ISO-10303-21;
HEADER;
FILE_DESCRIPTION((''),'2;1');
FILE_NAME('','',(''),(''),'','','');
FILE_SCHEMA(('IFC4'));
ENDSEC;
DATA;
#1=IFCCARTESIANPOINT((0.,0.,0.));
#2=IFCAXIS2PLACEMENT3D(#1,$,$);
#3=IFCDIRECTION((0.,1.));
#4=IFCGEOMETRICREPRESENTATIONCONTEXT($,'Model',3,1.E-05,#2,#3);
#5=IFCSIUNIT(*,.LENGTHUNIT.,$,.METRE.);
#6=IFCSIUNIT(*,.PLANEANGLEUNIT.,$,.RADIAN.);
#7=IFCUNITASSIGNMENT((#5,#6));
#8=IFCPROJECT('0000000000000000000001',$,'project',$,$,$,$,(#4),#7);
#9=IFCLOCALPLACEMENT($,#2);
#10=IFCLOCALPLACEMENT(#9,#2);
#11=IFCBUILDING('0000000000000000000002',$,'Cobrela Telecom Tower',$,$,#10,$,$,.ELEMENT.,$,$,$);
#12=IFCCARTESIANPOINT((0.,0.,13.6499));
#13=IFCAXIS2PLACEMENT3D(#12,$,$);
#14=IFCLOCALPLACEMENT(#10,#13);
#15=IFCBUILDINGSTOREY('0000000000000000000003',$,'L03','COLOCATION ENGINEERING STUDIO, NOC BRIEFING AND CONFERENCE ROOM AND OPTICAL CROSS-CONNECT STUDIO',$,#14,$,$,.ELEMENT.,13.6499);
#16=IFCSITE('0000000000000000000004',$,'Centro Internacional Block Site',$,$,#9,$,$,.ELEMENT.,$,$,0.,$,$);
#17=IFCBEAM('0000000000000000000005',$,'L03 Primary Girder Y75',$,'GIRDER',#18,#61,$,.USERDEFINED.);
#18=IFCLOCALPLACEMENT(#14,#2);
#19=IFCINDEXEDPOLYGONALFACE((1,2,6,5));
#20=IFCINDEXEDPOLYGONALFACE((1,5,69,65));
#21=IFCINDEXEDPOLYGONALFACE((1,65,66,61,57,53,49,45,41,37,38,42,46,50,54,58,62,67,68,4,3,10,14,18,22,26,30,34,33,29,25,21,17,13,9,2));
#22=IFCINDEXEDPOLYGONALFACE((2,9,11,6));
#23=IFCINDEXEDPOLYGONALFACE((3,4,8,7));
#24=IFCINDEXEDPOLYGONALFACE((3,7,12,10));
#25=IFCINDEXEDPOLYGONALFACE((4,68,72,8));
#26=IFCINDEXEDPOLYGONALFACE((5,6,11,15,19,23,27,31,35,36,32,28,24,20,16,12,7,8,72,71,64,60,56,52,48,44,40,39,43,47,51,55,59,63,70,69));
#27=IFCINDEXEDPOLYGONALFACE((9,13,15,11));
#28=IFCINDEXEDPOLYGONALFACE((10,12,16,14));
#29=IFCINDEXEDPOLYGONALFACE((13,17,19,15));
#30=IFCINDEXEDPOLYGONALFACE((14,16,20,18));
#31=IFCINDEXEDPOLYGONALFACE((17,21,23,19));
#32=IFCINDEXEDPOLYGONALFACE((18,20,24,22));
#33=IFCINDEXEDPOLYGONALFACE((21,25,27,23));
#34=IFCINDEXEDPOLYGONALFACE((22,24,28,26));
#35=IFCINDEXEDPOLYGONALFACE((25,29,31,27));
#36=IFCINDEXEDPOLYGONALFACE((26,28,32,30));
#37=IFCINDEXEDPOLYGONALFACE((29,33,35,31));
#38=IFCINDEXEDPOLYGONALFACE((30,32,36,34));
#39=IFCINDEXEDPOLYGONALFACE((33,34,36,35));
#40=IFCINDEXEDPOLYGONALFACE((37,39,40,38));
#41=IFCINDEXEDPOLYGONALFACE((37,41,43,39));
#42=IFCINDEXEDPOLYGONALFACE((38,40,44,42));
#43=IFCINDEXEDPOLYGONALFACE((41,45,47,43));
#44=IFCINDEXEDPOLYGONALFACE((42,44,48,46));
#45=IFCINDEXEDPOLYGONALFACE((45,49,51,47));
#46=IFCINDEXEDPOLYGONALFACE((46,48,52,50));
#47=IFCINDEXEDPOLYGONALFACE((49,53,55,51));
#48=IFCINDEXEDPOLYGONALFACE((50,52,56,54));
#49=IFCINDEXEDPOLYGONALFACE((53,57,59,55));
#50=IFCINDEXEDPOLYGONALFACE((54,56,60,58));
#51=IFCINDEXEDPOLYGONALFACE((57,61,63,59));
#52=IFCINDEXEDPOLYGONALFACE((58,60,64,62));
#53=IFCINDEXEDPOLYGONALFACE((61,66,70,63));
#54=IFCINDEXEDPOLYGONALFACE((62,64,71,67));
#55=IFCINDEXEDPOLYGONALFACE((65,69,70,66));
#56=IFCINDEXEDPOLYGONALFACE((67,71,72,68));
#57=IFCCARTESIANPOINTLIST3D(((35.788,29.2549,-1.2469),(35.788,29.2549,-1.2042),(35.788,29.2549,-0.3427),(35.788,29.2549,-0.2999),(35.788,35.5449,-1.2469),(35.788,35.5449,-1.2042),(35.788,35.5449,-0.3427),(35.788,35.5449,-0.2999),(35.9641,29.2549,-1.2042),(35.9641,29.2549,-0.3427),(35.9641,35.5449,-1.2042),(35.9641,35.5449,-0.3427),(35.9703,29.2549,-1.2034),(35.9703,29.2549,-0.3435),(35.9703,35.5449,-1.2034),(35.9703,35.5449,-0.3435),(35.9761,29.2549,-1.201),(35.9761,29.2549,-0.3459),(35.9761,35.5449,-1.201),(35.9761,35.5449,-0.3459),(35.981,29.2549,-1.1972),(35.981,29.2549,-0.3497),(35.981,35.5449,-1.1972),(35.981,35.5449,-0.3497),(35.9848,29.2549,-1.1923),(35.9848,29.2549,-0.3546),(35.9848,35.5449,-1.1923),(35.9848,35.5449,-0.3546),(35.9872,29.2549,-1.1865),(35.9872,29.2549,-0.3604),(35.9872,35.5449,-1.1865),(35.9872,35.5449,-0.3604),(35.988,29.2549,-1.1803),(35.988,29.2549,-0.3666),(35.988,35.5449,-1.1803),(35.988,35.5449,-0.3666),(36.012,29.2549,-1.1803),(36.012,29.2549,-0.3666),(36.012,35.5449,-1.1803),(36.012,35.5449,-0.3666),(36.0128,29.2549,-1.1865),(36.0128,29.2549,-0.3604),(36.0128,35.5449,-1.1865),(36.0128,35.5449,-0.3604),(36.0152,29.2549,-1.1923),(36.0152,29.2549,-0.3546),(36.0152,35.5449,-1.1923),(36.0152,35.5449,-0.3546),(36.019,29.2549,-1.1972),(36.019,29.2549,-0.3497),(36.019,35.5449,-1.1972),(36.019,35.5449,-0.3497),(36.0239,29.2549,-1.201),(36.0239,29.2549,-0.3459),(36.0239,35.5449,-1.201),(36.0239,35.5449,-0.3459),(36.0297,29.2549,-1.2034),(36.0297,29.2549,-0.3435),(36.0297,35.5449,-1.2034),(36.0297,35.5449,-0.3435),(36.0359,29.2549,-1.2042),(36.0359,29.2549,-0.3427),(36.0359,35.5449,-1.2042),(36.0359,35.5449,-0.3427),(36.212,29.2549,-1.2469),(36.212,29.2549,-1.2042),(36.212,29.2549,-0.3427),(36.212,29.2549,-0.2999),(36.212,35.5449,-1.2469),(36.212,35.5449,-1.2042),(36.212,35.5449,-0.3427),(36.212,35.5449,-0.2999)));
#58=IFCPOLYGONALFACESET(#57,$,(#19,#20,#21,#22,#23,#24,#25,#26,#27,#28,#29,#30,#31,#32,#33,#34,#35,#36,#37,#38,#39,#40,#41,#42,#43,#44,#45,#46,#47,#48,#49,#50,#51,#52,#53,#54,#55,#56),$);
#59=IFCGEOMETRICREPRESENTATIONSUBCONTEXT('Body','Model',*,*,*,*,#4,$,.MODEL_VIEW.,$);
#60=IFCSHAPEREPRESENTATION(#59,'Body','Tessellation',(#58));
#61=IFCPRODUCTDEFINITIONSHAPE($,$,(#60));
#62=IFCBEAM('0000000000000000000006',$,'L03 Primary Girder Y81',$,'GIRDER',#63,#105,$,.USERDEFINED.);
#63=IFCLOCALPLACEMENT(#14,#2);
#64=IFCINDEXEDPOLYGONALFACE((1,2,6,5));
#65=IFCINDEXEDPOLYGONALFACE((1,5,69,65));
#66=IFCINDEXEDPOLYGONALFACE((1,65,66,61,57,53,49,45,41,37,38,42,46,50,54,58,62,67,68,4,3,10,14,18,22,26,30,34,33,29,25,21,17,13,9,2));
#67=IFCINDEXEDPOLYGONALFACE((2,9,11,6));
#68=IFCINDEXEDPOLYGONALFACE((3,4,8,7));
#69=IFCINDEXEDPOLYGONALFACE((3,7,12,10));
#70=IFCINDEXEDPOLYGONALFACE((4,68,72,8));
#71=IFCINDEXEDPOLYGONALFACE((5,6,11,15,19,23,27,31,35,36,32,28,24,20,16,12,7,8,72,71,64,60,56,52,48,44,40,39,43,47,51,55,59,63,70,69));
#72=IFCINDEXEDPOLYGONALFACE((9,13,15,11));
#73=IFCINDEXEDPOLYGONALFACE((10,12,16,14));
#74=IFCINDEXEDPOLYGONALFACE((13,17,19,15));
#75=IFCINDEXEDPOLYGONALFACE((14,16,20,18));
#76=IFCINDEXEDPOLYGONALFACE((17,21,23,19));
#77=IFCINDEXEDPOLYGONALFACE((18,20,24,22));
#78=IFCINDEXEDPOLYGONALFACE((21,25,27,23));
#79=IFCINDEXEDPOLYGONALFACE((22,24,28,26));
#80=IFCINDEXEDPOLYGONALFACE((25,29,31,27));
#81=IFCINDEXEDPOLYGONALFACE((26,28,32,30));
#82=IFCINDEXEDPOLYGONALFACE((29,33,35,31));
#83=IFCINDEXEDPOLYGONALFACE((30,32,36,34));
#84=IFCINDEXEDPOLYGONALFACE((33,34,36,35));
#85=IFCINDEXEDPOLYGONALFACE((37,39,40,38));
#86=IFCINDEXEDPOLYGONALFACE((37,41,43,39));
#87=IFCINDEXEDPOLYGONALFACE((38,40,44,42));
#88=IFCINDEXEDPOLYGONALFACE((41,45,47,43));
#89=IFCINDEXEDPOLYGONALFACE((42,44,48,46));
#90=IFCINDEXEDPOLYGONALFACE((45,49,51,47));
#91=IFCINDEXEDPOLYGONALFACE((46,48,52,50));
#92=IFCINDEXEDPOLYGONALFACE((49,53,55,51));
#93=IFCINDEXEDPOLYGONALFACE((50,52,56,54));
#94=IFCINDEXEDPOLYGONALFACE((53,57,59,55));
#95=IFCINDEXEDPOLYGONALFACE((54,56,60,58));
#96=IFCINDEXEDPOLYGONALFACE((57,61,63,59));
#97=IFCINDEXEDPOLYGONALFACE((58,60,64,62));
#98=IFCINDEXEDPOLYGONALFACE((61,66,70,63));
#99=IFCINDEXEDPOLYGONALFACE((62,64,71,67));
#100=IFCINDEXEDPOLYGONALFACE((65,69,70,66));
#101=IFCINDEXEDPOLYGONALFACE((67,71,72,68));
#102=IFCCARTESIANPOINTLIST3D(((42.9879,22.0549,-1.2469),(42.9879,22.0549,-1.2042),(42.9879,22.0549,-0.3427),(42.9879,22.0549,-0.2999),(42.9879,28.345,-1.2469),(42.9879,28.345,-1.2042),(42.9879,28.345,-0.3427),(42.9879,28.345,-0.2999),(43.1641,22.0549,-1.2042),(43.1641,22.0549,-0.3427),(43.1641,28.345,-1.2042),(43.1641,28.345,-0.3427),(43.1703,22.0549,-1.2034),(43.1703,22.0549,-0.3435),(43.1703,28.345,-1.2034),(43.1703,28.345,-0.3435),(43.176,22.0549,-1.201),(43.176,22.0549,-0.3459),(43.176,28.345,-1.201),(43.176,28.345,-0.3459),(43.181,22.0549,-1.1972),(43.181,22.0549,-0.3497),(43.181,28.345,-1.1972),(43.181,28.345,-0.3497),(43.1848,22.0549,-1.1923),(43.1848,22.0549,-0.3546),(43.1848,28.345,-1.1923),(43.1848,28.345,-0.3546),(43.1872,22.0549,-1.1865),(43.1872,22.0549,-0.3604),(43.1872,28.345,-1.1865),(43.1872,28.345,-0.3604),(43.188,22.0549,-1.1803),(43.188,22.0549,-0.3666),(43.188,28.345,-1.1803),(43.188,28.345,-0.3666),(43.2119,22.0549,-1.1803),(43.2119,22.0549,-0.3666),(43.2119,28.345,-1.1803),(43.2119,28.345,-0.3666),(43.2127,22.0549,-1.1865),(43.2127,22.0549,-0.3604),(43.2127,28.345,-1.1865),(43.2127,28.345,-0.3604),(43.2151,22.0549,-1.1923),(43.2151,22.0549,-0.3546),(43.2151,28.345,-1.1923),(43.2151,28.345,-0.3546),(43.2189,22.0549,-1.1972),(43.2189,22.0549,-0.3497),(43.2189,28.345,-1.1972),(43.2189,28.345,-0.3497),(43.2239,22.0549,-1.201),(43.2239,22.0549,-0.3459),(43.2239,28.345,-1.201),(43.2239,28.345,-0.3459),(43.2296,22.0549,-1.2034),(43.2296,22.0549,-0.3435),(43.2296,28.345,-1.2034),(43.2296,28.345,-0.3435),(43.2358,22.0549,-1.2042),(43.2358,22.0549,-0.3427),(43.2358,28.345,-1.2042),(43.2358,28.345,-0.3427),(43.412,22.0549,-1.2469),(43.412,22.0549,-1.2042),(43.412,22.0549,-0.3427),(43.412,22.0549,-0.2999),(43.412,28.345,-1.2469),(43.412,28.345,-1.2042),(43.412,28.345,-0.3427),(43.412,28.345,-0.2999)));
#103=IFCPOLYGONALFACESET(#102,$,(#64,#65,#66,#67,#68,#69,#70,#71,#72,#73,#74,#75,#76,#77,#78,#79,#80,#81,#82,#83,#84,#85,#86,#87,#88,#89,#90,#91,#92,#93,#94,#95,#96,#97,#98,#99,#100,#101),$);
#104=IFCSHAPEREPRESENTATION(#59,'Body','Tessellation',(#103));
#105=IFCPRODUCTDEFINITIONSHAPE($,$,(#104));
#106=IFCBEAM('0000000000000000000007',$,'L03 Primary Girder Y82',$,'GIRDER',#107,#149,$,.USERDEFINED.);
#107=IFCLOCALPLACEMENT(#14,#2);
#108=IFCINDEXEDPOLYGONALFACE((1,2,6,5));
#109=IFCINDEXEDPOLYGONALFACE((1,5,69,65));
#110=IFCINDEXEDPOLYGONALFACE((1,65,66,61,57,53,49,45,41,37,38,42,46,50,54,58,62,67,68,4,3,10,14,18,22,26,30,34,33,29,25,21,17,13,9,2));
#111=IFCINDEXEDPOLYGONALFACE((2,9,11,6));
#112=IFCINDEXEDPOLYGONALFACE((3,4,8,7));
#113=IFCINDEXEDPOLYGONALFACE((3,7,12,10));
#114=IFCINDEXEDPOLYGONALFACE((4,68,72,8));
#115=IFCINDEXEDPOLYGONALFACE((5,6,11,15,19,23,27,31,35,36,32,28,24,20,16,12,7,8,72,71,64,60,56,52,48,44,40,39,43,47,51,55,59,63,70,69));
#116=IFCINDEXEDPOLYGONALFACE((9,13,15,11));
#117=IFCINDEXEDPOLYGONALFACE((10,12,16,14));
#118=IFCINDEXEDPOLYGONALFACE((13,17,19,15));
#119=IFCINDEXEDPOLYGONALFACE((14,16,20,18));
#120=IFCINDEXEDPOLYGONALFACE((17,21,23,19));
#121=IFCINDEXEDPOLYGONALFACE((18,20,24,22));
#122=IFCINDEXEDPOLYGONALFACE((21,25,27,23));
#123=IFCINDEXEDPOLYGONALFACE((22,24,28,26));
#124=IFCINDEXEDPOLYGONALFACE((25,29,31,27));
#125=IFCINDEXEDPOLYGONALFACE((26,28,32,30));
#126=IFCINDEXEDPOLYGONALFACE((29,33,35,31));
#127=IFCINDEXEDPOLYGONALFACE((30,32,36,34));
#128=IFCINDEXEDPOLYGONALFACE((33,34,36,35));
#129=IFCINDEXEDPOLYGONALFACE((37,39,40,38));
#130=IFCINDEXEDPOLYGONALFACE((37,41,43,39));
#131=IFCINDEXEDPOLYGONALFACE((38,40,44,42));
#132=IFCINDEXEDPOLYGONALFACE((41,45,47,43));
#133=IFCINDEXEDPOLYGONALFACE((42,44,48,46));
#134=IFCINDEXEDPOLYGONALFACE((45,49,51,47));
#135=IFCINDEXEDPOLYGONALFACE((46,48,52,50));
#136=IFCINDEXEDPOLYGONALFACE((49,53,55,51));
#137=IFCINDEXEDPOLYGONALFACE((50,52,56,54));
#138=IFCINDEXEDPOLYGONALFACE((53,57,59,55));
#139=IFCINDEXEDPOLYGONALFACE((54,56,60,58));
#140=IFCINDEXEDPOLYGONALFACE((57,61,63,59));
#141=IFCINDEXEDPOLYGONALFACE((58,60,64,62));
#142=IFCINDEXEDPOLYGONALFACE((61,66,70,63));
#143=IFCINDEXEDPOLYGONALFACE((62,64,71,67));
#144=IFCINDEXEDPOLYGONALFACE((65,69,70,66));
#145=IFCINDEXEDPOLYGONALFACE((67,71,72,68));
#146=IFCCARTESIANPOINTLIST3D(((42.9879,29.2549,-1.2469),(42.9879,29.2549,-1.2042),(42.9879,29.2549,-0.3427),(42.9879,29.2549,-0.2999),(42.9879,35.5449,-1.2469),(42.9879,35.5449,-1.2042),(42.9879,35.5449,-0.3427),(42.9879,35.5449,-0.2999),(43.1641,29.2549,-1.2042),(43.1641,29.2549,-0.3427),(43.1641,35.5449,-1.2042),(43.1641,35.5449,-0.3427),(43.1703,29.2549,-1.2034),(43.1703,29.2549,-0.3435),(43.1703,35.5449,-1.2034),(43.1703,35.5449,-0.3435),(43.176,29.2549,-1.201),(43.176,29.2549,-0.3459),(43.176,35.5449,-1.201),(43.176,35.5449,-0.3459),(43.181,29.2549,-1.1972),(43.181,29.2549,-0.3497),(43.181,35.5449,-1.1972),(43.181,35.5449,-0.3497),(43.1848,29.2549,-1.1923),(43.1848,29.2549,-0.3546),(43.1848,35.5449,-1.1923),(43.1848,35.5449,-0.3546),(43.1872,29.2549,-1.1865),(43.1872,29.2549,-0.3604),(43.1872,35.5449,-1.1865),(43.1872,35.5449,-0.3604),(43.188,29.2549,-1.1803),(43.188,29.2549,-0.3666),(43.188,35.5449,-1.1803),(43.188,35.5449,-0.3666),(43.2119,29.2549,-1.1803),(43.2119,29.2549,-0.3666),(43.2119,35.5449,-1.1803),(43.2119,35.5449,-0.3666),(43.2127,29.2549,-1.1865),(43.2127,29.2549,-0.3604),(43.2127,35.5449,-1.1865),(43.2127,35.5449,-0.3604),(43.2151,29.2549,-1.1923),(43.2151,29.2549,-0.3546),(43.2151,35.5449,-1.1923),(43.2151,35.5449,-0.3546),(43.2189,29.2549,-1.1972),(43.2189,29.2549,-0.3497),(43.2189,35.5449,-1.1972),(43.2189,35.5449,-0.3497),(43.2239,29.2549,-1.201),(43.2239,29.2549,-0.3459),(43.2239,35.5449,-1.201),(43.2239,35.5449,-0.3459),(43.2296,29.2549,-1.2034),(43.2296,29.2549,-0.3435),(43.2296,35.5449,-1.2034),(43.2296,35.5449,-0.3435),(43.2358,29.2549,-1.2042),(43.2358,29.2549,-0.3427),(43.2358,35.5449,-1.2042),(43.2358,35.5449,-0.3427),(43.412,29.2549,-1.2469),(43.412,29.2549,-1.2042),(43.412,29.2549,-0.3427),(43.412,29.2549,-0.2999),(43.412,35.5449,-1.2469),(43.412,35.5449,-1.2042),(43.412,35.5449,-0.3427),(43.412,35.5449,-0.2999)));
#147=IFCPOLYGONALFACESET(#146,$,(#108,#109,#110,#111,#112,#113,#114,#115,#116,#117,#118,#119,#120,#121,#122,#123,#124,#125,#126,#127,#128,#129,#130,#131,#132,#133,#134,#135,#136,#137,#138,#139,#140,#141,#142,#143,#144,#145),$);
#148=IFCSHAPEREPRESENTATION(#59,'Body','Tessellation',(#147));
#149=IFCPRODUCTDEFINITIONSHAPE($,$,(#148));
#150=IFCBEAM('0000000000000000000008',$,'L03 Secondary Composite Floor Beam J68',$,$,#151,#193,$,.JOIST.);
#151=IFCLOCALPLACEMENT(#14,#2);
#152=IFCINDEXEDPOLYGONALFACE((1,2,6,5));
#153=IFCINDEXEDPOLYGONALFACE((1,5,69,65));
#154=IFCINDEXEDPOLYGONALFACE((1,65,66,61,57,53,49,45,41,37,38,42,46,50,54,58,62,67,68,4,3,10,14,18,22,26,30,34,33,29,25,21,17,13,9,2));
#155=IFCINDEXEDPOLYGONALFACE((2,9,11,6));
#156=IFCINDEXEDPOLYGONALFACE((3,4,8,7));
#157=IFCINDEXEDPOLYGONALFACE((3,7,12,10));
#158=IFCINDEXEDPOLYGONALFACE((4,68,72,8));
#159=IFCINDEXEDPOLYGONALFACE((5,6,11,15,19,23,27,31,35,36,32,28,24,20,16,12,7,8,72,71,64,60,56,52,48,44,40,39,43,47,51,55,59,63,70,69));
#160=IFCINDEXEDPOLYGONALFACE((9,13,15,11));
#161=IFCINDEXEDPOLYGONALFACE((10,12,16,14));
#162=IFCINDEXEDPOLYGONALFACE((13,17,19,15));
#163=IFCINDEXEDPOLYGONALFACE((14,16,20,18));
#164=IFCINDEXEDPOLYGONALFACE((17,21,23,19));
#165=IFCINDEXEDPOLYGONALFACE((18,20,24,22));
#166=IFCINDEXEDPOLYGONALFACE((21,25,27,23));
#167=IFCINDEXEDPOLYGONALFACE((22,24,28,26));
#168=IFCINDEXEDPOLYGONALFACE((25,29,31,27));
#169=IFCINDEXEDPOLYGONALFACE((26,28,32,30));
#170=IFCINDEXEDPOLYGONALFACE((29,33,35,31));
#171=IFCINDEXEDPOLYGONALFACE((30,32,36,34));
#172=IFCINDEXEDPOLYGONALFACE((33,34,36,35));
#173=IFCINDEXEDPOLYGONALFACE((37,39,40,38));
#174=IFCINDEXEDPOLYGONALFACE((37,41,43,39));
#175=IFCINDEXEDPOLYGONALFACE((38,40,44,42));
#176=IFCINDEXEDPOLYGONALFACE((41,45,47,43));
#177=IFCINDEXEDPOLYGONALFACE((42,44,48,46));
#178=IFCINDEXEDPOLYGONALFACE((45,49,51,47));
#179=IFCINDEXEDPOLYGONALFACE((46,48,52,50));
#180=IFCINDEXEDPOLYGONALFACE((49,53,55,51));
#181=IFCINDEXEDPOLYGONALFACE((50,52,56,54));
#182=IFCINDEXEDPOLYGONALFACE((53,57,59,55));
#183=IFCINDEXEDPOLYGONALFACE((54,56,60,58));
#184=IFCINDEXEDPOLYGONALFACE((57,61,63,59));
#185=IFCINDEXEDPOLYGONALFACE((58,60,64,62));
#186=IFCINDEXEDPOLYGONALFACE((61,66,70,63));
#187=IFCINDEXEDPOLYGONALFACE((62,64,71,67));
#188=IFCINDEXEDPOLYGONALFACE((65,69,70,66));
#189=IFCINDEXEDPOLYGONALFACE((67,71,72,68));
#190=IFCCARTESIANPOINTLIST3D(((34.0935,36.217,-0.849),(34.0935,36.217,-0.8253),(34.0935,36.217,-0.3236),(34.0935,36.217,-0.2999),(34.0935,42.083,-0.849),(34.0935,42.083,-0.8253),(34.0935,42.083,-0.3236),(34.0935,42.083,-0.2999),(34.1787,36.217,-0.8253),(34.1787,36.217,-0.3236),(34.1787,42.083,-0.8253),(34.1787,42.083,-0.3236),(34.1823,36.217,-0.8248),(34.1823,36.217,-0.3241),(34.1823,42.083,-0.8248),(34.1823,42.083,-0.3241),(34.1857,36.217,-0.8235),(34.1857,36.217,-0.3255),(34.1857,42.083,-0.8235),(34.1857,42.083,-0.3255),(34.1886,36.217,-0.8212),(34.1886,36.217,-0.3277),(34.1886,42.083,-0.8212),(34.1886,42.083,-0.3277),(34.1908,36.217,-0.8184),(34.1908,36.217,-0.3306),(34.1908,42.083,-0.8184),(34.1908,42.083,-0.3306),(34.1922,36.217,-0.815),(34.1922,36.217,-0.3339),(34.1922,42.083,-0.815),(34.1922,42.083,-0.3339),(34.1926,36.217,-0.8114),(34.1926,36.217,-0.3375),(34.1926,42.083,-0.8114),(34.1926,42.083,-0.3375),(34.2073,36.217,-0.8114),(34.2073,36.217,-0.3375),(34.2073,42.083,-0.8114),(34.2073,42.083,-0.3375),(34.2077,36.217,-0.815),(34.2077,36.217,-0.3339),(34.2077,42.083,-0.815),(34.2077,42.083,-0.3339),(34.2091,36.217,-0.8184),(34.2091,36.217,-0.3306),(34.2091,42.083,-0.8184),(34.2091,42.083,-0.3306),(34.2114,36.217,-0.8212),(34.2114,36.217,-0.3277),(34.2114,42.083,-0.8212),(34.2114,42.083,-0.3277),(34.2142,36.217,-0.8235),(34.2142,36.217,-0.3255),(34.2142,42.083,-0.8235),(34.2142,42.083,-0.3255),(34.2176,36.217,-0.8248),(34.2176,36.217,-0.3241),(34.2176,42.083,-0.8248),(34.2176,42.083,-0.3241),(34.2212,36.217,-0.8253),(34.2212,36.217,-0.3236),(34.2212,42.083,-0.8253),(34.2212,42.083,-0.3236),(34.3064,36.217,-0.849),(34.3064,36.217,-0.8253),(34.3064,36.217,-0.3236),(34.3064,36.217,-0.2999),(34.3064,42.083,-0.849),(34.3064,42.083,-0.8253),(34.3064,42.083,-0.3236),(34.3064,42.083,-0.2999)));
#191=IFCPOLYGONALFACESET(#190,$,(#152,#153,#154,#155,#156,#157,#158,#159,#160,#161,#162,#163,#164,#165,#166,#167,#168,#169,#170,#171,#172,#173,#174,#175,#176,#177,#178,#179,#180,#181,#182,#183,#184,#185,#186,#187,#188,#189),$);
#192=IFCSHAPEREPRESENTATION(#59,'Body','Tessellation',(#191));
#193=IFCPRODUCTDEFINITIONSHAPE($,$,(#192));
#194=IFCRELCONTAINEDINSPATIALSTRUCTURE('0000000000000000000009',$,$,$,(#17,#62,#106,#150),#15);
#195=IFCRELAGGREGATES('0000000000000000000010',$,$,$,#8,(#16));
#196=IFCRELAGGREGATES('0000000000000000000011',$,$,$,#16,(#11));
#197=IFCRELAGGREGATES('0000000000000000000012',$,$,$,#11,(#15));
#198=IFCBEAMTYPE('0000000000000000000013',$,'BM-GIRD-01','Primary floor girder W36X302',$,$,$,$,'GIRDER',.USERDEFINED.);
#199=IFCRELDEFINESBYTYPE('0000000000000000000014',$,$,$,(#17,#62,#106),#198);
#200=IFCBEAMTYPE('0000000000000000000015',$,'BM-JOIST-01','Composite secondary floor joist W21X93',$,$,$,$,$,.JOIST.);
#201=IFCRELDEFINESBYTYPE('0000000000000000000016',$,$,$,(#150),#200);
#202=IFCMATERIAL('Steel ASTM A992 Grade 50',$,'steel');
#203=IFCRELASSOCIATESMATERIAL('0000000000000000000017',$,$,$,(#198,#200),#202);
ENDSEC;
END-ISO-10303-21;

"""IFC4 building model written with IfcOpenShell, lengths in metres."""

from ifc_helpers import new_model, si_unit, direction, frame, origin, origin_2d, place, context, subcontext, project, spatial, i_section, extrude, material, material_profile, profile_set, type_object, element, save


model = new_model("IFC4")

# Units and contexts
model_context = context("Model", 3, precision=1e-05, world=origin(), true_north=direction((0.0, 1.0)))
body_context = subcontext(model_context, "Body", "Model", "MODEL_VIEW")
ifc_project = project(units=[si_unit("LENGTHUNIT", "METRE"), si_unit("PLANEANGLEUNIT", "RADIAN")], contexts=[model_context])

# Site, building, storey
site_placement = place(None, origin())
site = spatial("IfcSite", under=ifc_project, at=site_placement, Name="Centro Internacional Block Site", CompositionType="ELEMENT", RefElevation=0.0)
building_placement = place(site_placement, origin())
building = spatial("IfcBuilding", under=site, at=building_placement, Name="Cobrela Telecom Tower", CompositionType="ELEMENT")
storey_placement = place(building_placement, frame((0.0, 0.0, 13.6499)))
storey = spatial("IfcBuildingStorey", under=building, at=storey_placement, Name="L03", Description="COLOCATION ENGINEERING STUDIO, NOC BRIEFING AND CONFERENCE ROOM AND OPTICAL CROSS-CONNECT STUDIO", CompositionType="ELEMENT", Elevation=13.6499)

# Beams
ifc_material_1 = material(Name="Steel ASTM A992 Grade 50", Category="steel")
ifc_material_profile_1 = material_profile(ifc_material_1, i_section(OverallWidth=0.4241, OverallDepth=0.947, WebThickness=0.0239, FlangeThickness=0.0427, FilletRadius=0.0239, at=origin_2d()), Name="W36X302")
ifc_profile_set_1 = profile_set([ifc_material_profile_1], Name="Steel ASTM A992 Grade 50")
beam_type_1 = type_object("IfcBeamType", Name="BM-GIRD-01", Description="Primary floor girder W36X302", ElementType="GIRDER", PredefinedType="USERDEFINED", material=ifc_profile_set_1)
for number, where, z_axis, x_axis, name in (
    (1, (36.0, 29.2549, -0.7734), (0.0, 1.0, 0.0), (-1.0, 0.0, 0.0), "L03 Primary Girder Y75"),
    (2, (43.2, 22.0549, -0.7734), (0.0, 1.0, 0.0), (-1.0, 0.0, 0.0), "L03 Primary Girder Y81"),
    (3, (43.2, 29.2549, -0.7734), (0.0, 1.0, 0.0), (-1.0, 0.0, 0.0), "L03 Primary Girder Y82"),
):
    element("IfcBeam", number, at=place(storey_placement, frame(where, z_axis=z_axis, x_axis=x_axis)), inside=storey, type_object=beam_type_1, Name=name, ObjectType="GIRDER", PredefinedType="USERDEFINED", context=body_context, shape_type="SweptSolid", body=[
        extrude(i_section(OverallWidth=0.4241, OverallDepth=0.947, WebThickness=0.0239, FlangeThickness=0.0427, FilletRadius=0.0239, at=origin_2d()), origin(), (0.0, 0.0, 1.0), 6.29),
    ])
ifc_material_profile_2 = material_profile(ifc_material_1, i_section(OverallWidth=0.2129, OverallDepth=0.5491, WebThickness=0.0146, FlangeThickness=0.0237, FilletRadius=0.0139, at=origin_2d()), Name="W21X93")
ifc_profile_set_2 = profile_set([ifc_material_profile_2], Name="Steel ASTM A992 Grade 50")
beam_type_2 = type_object("IfcBeamType", Name="BM-JOIST-01", Description="Composite secondary floor joist W21X93", PredefinedType="JOIST", material=ifc_profile_set_2)
beam_1_placement = place(storey_placement, frame((34.2, 36.217, -0.5745), z_axis=(0.0, 1.0, 0.0), x_axis=(-1.0, 0.0, 0.0)))
element("IfcBeam", 4, at=beam_1_placement, inside=storey, type_object=beam_type_2, Name="L03 Secondary Composite Floor Beam J68", PredefinedType="JOIST", context=body_context, shape_type="SweptSolid", body=[
    extrude(i_section(OverallWidth=0.2129, OverallDepth=0.5491, WebThickness=0.0146, FlangeThickness=0.0237, FilletRadius=0.0139, at=origin_2d()), origin(), (0.0, 0.0, 1.0), 5.866),
])

save(model, "model.ifc")
